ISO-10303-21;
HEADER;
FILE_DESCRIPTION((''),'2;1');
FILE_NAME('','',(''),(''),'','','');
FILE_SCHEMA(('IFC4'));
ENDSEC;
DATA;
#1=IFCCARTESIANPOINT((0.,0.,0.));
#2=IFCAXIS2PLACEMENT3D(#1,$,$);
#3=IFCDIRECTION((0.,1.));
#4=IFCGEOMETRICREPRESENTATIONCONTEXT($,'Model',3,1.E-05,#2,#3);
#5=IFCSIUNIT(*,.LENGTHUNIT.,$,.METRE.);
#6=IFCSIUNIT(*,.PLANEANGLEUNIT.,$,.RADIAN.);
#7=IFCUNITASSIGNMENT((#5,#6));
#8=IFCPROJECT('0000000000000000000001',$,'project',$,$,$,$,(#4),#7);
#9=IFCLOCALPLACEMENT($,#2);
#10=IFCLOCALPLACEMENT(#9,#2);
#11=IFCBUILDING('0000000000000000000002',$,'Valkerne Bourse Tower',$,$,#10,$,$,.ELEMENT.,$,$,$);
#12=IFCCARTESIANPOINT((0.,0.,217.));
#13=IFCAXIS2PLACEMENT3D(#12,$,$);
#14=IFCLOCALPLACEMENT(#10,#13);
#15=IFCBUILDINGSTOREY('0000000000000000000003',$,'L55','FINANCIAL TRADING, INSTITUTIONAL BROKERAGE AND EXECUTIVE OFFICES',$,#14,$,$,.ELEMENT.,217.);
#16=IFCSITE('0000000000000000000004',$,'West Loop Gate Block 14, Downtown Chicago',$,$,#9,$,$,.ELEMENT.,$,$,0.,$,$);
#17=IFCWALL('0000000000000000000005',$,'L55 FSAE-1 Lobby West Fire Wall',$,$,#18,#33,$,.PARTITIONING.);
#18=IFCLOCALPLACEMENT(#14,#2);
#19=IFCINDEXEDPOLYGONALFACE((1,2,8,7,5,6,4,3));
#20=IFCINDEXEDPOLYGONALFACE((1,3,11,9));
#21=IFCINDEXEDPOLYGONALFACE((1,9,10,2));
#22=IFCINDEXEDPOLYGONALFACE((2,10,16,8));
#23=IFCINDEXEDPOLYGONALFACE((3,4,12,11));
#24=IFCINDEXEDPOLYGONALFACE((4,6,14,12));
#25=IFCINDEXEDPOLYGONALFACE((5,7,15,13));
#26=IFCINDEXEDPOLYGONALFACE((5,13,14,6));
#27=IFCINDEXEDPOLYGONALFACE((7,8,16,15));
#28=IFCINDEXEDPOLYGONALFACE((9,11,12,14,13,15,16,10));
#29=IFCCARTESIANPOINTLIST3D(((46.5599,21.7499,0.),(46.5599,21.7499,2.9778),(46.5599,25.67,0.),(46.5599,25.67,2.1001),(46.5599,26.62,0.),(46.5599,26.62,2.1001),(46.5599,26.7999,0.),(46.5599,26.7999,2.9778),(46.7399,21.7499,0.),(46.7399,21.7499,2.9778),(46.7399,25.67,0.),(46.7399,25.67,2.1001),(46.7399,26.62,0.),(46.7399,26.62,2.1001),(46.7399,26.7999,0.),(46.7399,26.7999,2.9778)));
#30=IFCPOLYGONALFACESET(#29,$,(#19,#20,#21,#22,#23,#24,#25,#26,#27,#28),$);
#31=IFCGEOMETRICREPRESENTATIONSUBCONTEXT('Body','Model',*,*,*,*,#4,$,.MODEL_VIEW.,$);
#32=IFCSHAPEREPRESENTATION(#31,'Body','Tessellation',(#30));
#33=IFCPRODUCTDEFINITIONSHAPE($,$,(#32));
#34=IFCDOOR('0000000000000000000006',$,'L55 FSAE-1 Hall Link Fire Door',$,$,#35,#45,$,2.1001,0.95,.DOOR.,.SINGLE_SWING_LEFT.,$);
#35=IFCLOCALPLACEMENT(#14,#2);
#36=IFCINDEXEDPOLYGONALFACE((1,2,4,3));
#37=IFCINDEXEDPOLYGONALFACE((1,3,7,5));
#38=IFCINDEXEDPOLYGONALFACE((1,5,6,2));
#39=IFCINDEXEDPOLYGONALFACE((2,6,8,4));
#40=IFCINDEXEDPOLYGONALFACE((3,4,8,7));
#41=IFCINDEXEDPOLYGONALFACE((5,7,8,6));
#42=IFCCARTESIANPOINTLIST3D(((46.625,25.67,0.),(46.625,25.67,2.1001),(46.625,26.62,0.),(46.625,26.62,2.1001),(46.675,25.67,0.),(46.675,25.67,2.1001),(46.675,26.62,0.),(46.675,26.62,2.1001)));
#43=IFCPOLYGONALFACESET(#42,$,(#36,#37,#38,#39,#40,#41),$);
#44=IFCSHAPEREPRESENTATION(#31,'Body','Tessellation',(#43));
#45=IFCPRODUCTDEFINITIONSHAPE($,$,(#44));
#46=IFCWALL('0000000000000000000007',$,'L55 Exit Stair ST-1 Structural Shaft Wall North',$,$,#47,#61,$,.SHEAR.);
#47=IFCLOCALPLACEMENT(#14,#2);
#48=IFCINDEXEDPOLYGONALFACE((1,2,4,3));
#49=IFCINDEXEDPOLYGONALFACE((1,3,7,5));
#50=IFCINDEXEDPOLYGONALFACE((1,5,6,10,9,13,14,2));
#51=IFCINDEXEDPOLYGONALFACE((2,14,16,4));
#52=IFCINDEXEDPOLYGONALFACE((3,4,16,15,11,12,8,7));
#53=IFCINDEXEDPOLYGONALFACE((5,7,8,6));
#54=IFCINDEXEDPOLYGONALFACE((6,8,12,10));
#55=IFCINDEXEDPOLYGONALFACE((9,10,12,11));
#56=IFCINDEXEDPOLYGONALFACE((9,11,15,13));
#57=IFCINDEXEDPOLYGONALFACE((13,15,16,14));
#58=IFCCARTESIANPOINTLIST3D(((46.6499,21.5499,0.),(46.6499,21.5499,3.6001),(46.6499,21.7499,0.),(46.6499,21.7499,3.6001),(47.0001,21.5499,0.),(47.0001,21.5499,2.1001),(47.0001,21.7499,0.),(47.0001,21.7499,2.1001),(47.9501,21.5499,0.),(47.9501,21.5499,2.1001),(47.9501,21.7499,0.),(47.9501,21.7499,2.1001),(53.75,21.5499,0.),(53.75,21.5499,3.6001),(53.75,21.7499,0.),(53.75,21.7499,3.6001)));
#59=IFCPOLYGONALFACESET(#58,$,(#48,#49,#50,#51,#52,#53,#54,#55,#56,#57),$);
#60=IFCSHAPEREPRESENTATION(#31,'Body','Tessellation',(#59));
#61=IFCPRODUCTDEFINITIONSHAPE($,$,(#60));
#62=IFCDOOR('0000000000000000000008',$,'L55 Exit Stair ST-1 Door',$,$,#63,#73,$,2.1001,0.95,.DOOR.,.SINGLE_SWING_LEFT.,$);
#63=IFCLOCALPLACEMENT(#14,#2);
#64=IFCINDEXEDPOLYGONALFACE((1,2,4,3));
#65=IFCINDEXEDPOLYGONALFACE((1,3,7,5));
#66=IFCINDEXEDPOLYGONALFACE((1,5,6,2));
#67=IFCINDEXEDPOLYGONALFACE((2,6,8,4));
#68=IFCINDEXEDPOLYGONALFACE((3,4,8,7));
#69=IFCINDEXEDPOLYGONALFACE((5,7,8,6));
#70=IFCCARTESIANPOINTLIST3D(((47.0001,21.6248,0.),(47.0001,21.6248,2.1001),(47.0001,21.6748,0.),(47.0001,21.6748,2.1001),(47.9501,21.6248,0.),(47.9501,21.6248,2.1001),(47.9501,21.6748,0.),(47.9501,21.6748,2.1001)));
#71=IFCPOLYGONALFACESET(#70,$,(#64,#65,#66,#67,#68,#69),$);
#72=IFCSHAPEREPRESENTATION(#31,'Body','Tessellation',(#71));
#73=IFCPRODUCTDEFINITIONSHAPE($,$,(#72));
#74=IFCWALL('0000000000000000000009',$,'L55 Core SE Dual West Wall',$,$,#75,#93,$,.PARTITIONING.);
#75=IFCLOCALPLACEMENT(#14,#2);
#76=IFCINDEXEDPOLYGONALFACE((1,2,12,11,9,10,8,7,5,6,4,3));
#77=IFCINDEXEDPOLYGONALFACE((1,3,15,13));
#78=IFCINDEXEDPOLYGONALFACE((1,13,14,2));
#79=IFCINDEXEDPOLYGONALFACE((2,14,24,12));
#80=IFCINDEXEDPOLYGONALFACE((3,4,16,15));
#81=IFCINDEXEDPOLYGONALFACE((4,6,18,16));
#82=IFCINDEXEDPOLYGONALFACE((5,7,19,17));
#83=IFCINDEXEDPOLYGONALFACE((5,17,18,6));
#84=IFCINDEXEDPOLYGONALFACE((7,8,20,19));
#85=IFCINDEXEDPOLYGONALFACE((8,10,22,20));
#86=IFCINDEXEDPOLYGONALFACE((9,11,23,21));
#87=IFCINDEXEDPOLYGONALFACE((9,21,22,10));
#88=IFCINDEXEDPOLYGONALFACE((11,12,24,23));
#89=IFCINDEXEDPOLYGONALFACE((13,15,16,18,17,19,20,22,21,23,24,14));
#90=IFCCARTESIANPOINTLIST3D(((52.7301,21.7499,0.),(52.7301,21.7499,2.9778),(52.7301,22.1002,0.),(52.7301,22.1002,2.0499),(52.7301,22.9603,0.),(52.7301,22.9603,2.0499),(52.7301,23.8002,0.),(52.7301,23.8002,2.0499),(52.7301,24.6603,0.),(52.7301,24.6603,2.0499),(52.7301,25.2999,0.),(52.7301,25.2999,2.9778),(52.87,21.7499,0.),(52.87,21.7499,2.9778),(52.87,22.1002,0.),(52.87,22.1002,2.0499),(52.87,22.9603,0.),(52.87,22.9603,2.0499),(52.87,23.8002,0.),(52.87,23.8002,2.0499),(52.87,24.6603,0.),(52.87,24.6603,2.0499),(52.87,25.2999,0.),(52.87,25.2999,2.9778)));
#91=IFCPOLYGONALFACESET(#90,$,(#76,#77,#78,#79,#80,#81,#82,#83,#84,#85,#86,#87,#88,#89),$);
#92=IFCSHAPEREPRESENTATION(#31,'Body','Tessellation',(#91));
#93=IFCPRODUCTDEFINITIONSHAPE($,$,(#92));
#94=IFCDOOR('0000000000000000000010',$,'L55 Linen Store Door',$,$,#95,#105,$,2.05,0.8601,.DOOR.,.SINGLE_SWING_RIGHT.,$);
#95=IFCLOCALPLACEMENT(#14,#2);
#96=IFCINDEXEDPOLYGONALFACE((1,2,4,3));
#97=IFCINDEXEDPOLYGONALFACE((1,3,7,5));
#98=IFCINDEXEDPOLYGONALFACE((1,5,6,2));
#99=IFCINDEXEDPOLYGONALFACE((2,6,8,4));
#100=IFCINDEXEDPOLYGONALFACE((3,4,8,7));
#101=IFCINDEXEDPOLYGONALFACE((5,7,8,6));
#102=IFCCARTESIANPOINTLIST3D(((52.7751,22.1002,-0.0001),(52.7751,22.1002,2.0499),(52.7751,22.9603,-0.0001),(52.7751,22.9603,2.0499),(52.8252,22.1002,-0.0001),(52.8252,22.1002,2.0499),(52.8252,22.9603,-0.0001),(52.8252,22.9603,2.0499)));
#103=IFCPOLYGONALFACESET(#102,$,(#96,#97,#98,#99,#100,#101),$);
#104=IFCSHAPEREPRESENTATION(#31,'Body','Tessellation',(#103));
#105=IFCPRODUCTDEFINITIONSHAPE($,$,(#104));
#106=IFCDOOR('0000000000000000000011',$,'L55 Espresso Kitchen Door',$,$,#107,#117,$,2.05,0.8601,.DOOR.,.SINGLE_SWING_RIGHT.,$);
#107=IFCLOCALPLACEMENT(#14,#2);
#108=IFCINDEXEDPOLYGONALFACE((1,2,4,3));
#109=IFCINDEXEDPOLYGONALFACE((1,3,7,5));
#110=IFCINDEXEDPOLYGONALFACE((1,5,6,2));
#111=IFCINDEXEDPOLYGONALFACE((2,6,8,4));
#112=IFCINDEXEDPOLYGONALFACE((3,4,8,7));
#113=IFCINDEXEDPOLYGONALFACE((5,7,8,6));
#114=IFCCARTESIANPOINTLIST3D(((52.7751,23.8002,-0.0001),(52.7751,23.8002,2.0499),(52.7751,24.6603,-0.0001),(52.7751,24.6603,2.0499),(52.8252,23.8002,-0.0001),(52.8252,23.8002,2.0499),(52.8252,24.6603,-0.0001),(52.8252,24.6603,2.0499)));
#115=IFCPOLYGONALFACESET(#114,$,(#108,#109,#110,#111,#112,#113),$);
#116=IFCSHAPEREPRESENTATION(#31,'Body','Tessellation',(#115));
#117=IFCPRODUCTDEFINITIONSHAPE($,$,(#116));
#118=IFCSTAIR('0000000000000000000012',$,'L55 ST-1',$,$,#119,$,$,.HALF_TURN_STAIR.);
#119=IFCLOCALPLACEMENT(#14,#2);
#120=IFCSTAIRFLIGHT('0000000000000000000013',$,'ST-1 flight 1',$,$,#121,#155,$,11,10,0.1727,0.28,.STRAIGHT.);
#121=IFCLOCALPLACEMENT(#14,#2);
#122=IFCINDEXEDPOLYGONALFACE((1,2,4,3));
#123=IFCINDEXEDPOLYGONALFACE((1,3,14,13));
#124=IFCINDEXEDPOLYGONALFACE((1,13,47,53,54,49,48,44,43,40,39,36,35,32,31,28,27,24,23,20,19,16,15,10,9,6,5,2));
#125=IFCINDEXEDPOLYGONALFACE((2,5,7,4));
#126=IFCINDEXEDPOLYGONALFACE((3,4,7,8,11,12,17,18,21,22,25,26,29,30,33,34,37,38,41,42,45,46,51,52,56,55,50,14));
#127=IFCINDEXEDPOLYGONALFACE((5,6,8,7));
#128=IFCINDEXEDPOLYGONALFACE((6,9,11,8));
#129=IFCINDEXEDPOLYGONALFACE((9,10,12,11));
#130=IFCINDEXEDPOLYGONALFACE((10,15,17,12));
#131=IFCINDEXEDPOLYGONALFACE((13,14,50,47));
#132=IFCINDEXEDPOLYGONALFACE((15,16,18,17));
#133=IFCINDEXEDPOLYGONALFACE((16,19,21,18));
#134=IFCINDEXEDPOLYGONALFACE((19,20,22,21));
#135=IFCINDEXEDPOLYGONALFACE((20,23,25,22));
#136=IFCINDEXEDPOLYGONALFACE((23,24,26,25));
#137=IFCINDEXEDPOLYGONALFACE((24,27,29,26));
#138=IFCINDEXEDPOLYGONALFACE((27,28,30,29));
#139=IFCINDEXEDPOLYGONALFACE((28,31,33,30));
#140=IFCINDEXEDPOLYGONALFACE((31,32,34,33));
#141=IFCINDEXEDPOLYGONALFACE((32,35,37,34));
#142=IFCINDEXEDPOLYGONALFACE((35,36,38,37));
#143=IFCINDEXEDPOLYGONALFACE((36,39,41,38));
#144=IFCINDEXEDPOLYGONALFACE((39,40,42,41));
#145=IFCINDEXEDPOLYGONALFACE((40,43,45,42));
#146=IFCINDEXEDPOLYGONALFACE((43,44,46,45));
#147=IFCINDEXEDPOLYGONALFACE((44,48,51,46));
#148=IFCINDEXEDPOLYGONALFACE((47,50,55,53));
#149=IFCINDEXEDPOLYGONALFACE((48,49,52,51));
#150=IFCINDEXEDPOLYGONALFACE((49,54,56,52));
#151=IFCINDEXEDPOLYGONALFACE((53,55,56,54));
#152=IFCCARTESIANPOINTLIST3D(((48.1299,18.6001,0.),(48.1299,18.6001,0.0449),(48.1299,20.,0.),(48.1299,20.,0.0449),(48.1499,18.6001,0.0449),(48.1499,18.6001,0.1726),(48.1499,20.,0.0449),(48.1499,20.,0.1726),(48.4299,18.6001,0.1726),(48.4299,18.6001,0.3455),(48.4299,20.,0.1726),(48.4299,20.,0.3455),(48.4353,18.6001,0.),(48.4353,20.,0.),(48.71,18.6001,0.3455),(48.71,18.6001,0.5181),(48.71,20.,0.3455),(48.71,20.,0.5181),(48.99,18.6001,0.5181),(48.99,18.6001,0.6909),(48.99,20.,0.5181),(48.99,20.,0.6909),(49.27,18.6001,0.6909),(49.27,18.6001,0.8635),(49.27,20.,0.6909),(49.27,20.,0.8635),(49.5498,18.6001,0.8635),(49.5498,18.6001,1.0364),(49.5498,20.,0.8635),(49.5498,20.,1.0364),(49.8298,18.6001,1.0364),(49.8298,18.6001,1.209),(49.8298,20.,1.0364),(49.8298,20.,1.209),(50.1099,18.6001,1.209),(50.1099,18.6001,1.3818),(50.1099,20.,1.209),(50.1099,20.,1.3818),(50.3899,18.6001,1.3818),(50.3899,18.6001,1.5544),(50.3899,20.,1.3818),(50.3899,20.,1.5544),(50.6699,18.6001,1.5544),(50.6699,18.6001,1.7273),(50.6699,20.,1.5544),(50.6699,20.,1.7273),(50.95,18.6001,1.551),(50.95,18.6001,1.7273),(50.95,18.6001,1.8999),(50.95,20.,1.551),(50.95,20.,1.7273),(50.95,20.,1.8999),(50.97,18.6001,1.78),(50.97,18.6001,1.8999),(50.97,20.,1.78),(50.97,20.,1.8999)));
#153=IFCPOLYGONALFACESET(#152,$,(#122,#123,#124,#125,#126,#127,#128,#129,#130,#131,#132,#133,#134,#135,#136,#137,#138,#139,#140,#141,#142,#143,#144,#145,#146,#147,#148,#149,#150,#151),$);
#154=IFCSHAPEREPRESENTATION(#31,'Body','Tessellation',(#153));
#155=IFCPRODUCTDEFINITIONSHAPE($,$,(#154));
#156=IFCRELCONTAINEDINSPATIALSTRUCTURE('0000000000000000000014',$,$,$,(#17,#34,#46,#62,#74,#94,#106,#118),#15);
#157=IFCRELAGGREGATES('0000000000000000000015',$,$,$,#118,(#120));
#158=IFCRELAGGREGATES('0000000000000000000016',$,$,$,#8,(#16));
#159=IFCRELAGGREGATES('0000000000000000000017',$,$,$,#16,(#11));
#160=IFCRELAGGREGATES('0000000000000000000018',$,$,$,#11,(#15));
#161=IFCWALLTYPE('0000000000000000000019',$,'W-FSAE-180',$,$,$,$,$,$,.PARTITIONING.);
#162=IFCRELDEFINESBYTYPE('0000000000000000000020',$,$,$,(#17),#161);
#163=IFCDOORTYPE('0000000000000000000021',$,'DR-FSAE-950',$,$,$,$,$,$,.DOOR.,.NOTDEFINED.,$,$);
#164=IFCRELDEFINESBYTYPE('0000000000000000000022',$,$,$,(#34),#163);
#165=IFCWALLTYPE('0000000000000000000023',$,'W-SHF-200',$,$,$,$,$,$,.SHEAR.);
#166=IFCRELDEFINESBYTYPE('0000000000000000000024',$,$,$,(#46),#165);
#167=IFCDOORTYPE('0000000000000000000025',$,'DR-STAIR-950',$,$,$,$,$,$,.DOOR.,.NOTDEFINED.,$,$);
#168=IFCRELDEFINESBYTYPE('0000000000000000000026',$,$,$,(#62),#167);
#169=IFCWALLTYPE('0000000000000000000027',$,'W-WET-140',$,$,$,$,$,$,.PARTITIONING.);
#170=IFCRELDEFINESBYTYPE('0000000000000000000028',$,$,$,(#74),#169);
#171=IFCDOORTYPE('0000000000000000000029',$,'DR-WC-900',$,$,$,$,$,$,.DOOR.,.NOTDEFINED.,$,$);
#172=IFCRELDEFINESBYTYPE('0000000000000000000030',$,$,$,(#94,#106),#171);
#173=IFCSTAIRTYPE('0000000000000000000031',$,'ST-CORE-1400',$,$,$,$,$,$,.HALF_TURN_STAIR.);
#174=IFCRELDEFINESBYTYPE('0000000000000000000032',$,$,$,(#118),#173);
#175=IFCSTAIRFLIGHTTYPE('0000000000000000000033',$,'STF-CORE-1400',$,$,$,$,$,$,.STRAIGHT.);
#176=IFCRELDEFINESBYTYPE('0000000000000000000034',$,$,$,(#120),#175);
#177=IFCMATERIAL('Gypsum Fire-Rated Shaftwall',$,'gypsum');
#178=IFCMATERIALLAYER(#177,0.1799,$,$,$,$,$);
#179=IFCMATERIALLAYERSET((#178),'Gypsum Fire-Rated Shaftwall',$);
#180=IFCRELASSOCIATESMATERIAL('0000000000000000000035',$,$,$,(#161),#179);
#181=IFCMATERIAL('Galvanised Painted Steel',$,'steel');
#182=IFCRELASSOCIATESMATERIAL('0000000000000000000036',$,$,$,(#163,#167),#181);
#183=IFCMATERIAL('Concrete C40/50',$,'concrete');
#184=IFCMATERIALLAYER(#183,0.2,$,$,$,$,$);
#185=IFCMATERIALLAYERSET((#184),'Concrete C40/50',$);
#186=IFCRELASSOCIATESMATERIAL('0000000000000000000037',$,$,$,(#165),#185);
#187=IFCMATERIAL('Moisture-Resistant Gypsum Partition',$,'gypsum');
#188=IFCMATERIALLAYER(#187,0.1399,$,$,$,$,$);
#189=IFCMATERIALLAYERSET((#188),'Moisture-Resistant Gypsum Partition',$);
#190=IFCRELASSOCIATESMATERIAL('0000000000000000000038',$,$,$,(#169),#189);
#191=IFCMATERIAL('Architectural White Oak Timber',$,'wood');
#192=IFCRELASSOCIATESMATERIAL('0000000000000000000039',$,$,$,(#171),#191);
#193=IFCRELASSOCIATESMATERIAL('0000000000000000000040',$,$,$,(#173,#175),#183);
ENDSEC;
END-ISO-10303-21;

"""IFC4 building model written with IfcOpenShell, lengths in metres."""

from ifc_helpers import new_model, si_unit, direction, frame, frame_2d, origin, place, context, subcontext, project, spatial, polyline, rectangle, outline, extrude, material, layer, layer_set, type_object, element, fill, aggregate, save


model = new_model("IFC4")

# Units and contexts
model_context = context("Model", 3, precision=1e-05, world=origin(), true_north=direction((0.0, 1.0)))
body_context = subcontext(model_context, "Body", "Model", "MODEL_VIEW")
ifc_project = project(units=[si_unit("LENGTHUNIT", "METRE"), si_unit("PLANEANGLEUNIT", "RADIAN")], contexts=[model_context])

# Site, building, storey
site_placement = place(None, origin())
site = spatial("IfcSite", under=ifc_project, at=site_placement, Name="West Loop Gate Block 14, Downtown Chicago", CompositionType="ELEMENT", RefElevation=0.0)
building_placement = place(site_placement, origin())
building = spatial("IfcBuilding", under=site, at=building_placement, Name="Valkerne Bourse Tower", CompositionType="ELEMENT")
storey_placement = place(building_placement, frame((0.0, 0.0, 217.0)))
storey = spatial("IfcBuildingStorey", under=building, at=storey_placement, Name="L55", Description="FINANCIAL TRADING, INSTITUTIONAL BROKERAGE AND EXECUTIVE OFFICES", CompositionType="ELEMENT", Elevation=217.0)

# Wall, opening, door
ifc_material_1 = material(Name="Gypsum Fire-Rated Shaftwall", Category="gypsum")
ifc_layer_1 = layer(ifc_material_1, 0.1799)
ifc_layer_set_1 = layer_set([ifc_layer_1], Name="Gypsum Fire-Rated Shaftwall")
wall_type_1 = type_object("IfcWallType", Name="W-FSAE-180", PredefinedType="PARTITIONING", material=ifc_layer_set_1)
wall_1_placement = place(storey_placement, frame((46.6499, 21.75, 0.0), z_axis=(0.0, 0.0, 1.0), x_axis=(0.0, 1.0, 0.0)))
wall_1 = element("IfcWall", 1, at=wall_1_placement, inside=storey, type_object=wall_type_1, Name="L55 FSAE-1 Lobby West Fire Wall", PredefinedType="PARTITIONING", context=body_context, shape_type="SweptSolid", body=[
    extrude(rectangle(XDim=5.05, YDim=0.1799, at=frame_2d((2.5249, 0.0))), origin(), (0.0, 0.0, 1.0), 2.9778),
])
opening_1_placement = place(wall_1_placement, frame((3.9199, 0.0, 0.0)))
opening_1 = element("IfcOpeningElement", 2, at=opening_1_placement, cuts=wall_1, PredefinedType="OPENING", context=body_context, shape_type="SweptSolid", body=[
    extrude(rectangle(XDim=0.95, YDim=2.1001, at=frame_2d((0.4751, 1.05))), frame((0.0, 0.0999, 0.0), z_axis=(0.0, -1.0, 0.0), x_axis=(1.0, 0.0, 0.0)), (0.0, 0.0, 1.0), 0.2),
])
ifc_material_2 = material(Name="Galvanised Painted Steel", Category="steel")
door_type_1 = type_object("IfcDoorType", Name="DR-FSAE-950", OperationType="NOTDEFINED", PredefinedType="DOOR", material=ifc_material_2)
door_1_placement = place(opening_1_placement, origin())
door_1 = element("IfcDoor", 3, at=door_1_placement, inside=storey, type_object=door_type_1, Name="L55 FSAE-1 Hall Link Fire Door", OperationType="SINGLE_SWING_LEFT", OverallHeight=2.1001, OverallWidth=0.95, PredefinedType="DOOR", context=body_context, shape_type="SweptSolid", body=[
    extrude(rectangle(XDim=0.95, YDim=2.1001, at=frame_2d((0.4751, 1.05))), frame((0.0, 0.0249, 0.0), z_axis=(0.0, -1.0, 0.0), x_axis=(1.0, 0.0, 0.0)), (0.0, 0.0, 1.0), 0.05),
])
fill(opening_1, door_1)

# Wall, opening, door
ifc_material_3 = material(Name="Concrete C40/50", Category="concrete")
ifc_layer_2 = layer(ifc_material_3, 0.2)
ifc_layer_set_2 = layer_set([ifc_layer_2], Name="Concrete C40/50")
wall_type_2 = type_object("IfcWallType", Name="W-SHF-200", PredefinedType="SHEAR", material=ifc_layer_set_2)
wall_2_placement = place(storey_placement, frame((46.6499, 21.6499, 0.0), z_axis=(0.0, 0.0, 1.0), x_axis=(1.0, 0.0, 0.0)))
wall_2 = element("IfcWall", 4, at=wall_2_placement, inside=storey, type_object=wall_type_2, Name="L55 Exit Stair ST-1 Structural Shaft Wall North", PredefinedType="SHEAR", context=body_context, shape_type="SweptSolid", body=[
    extrude(rectangle(XDim=7.1001, YDim=0.2, at=frame_2d((3.55, 0.0))), origin(), (0.0, 0.0, 1.0), 3.6001),
])
opening_2_placement = place(wall_2_placement, frame((0.3501, 0.0, 0.0)))
opening_2 = element("IfcOpeningElement", 5, at=opening_2_placement, cuts=wall_2, PredefinedType="OPENING", context=body_context, shape_type="SweptSolid", body=[
    extrude(rectangle(XDim=0.95, YDim=2.1001, at=frame_2d((0.4751, 1.05))), frame((0.0, 0.1099, 0.0), z_axis=(0.0, -1.0, 0.0), x_axis=(1.0, 0.0, 0.0)), (0.0, 0.0, 1.0), 0.22),
])
door_type_2 = type_object("IfcDoorType", Name="DR-STAIR-950", OperationType="NOTDEFINED", PredefinedType="DOOR", material=ifc_material_2)
door_2_placement = place(opening_2_placement, origin())
door_2 = element("IfcDoor", 6, at=door_2_placement, inside=storey, type_object=door_type_2, Name="L55 Exit Stair ST-1 Door", OperationType="SINGLE_SWING_LEFT", OverallHeight=2.1001, OverallWidth=0.95, PredefinedType="DOOR", context=body_context, shape_type="SweptSolid", body=[
    extrude(rectangle(XDim=0.95, YDim=2.1001, at=frame_2d((0.4751, 1.05))), frame((0.0, 0.0249, 0.0), z_axis=(0.0, -1.0, 0.0), x_axis=(1.0, 0.0, 0.0)), (0.0, 0.0, 1.0), 0.05),
])
fill(opening_2, door_2)

# Wall, openings, doors
ifc_material_4 = material(Name="Moisture-Resistant Gypsum Partition", Category="gypsum")
ifc_layer_3 = layer(ifc_material_4, 0.1399)
ifc_layer_set_3 = layer_set([ifc_layer_3], Name="Moisture-Resistant Gypsum Partition")
wall_type_3 = type_object("IfcWallType", Name="W-WET-140", PredefinedType="PARTITIONING", material=ifc_layer_set_3)
wall_3_placement = place(storey_placement, frame((52.8, 21.75, 0.0), z_axis=(0.0, 0.0, 1.0), x_axis=(0.0, 1.0, 0.0)))
wall_3 = element("IfcWall", 7, at=wall_3_placement, inside=storey, type_object=wall_type_3, Name="L55 Core SE Dual West Wall", PredefinedType="PARTITIONING", context=body_context, shape_type="SweptSolid", body=[
    extrude(rectangle(XDim=3.55, YDim=0.1399, at=frame_2d((1.7749, 0.0))), origin(), (0.0, 0.0, 1.0), 2.9778),
])
opening_3_placement = place(wall_3_placement, frame((0.3501, 0.0, 0.0)))
opening_3 = element("IfcOpeningElement", 8, at=opening_3_placement, cuts=wall_3, PredefinedType="OPENING", context=body_context, shape_type="SweptSolid", body=[
    extrude(rectangle(XDim=0.8601, YDim=2.05, at=frame_2d((0.4302, 1.0249))), frame((0.0, 0.0798, 0.0), z_axis=(0.0, -1.0, 0.0), x_axis=(1.0, 0.0, 0.0)), (0.0, 0.0, 1.0), 0.1599),
])
opening_4_placement = place(wall_3_placement, frame((2.05, 0.0, 0.0)))
opening_4 = element("IfcOpeningElement", 9, at=opening_4_placement, cuts=wall_3, PredefinedType="OPENING", context=body_context, shape_type="SweptSolid", body=[
    extrude(rectangle(XDim=0.8601, YDim=2.05, at=frame_2d((0.4302, 1.0249))), frame((0.0, 0.0798, 0.0), z_axis=(0.0, -1.0, 0.0), x_axis=(1.0, 0.0, 0.0)), (0.0, 0.0, 1.0), 0.1599),
])
ifc_material_5 = material(Name="Architectural White Oak Timber", Category="wood")
door_type_3 = type_object("IfcDoorType", Name="DR-WC-900", OperationType="NOTDEFINED", PredefinedType="DOOR", material=ifc_material_5)
door_3_placement = place(opening_3_placement, origin())
door_3 = element("IfcDoor", 10, at=door_3_placement, inside=storey, type_object=door_type_3, Name="L55 Linen Store Door", OperationType="SINGLE_SWING_RIGHT", OverallHeight=2.05, OverallWidth=0.8601, PredefinedType="DOOR", context=body_context, shape_type="SweptSolid", body=[
    extrude(rectangle(XDim=0.8601, YDim=2.05, at=frame_2d((0.4302, 1.0249))), frame((0.0, 0.0249, 0.0), z_axis=(0.0, -1.0, 0.0), x_axis=(1.0, 0.0, 0.0)), (0.0, 0.0, 1.0), 0.05),
])
fill(opening_3, door_3)
door_4_placement = place(opening_4_placement, origin())
door_4 = element("IfcDoor", 11, at=door_4_placement, inside=storey, type_object=door_type_3, Name="L55 Espresso Kitchen Door", OperationType="SINGLE_SWING_RIGHT", OverallHeight=2.05, OverallWidth=0.8601, PredefinedType="DOOR", context=body_context, shape_type="SweptSolid", body=[
    extrude(rectangle(XDim=0.8601, YDim=2.05, at=frame_2d((0.4302, 1.0249))), frame((0.0, 0.0249, 0.0), z_axis=(0.0, -1.0, 0.0), x_axis=(1.0, 0.0, 0.0)), (0.0, 0.0, 1.0), 0.05),
])
fill(opening_4, door_4)

# Stair, stair flight
stair_type = type_object("IfcStairType", Name="ST-CORE-1400", PredefinedType="HALF_TURN_STAIR", material=ifc_material_3)
stair_placement = place(storey_placement, origin())
stair = element("IfcStair", 12, at=stair_placement, inside=storey, type_object=stair_type, Name="L55 ST-1", PredefinedType="HALF_TURN_STAIR")
stair_flight_type = type_object("IfcStairFlightType", Name="STF-CORE-1400", PredefinedType="STRAIGHT", material=ifc_material_3)
stair_flight_1_placement = place(storey_placement, frame((48.1499, 19.3, 0.0), z_axis=(0.0, 0.0, 1.0), x_axis=(1.0, 0.0, 0.0)))
stair_flight_1 = element("IfcStairFlight", 13, at=stair_flight_1_placement, type_object=stair_flight_type, Name="ST-1 flight 1", NumberOfRisers=11, NumberOfTreads=10, PredefinedType="STRAIGHT", RiserHeight=0.1727, TreadLength=0.28, context=body_context, shape_type="SweptSolid", body=[
    extrude(outline(polyline([(-0.02, 0.0), (-0.02, 0.0449), (0.0, 0.0449), (0.0, 0.1726), (0.28, 0.1726), (0.28, 0.3455), (0.5601, 0.3455), (0.5601, 0.5181), (0.8401, 0.5181), (0.8401, 0.6909), (1.1201, 0.6909), (1.1201, 0.8635), (1.3999, 0.8635), (1.3999, 1.0364), (1.6799, 1.0364), (1.6799, 1.209), (1.96, 1.209), (1.96, 1.3818), (2.24, 1.3818), (2.24, 1.5544), (2.52, 1.5544), (2.52, 1.7273), (2.8, 1.7273), (2.8, 1.8999), (2.8201, 1.8999), (2.8201, 1.78), (2.8, 1.551), (0.2854, 0.0), (-0.02, 0.0)])), frame((0.0, 0.7, 0.0), z_axis=(0.0, -1.0, 0.0), x_axis=(1.0, 0.0, 0.0)), (0.0, 0.0, 1.0), 1.3999),
])
aggregate(stair, [stair_flight_1])

save(model, "model.ifc")
